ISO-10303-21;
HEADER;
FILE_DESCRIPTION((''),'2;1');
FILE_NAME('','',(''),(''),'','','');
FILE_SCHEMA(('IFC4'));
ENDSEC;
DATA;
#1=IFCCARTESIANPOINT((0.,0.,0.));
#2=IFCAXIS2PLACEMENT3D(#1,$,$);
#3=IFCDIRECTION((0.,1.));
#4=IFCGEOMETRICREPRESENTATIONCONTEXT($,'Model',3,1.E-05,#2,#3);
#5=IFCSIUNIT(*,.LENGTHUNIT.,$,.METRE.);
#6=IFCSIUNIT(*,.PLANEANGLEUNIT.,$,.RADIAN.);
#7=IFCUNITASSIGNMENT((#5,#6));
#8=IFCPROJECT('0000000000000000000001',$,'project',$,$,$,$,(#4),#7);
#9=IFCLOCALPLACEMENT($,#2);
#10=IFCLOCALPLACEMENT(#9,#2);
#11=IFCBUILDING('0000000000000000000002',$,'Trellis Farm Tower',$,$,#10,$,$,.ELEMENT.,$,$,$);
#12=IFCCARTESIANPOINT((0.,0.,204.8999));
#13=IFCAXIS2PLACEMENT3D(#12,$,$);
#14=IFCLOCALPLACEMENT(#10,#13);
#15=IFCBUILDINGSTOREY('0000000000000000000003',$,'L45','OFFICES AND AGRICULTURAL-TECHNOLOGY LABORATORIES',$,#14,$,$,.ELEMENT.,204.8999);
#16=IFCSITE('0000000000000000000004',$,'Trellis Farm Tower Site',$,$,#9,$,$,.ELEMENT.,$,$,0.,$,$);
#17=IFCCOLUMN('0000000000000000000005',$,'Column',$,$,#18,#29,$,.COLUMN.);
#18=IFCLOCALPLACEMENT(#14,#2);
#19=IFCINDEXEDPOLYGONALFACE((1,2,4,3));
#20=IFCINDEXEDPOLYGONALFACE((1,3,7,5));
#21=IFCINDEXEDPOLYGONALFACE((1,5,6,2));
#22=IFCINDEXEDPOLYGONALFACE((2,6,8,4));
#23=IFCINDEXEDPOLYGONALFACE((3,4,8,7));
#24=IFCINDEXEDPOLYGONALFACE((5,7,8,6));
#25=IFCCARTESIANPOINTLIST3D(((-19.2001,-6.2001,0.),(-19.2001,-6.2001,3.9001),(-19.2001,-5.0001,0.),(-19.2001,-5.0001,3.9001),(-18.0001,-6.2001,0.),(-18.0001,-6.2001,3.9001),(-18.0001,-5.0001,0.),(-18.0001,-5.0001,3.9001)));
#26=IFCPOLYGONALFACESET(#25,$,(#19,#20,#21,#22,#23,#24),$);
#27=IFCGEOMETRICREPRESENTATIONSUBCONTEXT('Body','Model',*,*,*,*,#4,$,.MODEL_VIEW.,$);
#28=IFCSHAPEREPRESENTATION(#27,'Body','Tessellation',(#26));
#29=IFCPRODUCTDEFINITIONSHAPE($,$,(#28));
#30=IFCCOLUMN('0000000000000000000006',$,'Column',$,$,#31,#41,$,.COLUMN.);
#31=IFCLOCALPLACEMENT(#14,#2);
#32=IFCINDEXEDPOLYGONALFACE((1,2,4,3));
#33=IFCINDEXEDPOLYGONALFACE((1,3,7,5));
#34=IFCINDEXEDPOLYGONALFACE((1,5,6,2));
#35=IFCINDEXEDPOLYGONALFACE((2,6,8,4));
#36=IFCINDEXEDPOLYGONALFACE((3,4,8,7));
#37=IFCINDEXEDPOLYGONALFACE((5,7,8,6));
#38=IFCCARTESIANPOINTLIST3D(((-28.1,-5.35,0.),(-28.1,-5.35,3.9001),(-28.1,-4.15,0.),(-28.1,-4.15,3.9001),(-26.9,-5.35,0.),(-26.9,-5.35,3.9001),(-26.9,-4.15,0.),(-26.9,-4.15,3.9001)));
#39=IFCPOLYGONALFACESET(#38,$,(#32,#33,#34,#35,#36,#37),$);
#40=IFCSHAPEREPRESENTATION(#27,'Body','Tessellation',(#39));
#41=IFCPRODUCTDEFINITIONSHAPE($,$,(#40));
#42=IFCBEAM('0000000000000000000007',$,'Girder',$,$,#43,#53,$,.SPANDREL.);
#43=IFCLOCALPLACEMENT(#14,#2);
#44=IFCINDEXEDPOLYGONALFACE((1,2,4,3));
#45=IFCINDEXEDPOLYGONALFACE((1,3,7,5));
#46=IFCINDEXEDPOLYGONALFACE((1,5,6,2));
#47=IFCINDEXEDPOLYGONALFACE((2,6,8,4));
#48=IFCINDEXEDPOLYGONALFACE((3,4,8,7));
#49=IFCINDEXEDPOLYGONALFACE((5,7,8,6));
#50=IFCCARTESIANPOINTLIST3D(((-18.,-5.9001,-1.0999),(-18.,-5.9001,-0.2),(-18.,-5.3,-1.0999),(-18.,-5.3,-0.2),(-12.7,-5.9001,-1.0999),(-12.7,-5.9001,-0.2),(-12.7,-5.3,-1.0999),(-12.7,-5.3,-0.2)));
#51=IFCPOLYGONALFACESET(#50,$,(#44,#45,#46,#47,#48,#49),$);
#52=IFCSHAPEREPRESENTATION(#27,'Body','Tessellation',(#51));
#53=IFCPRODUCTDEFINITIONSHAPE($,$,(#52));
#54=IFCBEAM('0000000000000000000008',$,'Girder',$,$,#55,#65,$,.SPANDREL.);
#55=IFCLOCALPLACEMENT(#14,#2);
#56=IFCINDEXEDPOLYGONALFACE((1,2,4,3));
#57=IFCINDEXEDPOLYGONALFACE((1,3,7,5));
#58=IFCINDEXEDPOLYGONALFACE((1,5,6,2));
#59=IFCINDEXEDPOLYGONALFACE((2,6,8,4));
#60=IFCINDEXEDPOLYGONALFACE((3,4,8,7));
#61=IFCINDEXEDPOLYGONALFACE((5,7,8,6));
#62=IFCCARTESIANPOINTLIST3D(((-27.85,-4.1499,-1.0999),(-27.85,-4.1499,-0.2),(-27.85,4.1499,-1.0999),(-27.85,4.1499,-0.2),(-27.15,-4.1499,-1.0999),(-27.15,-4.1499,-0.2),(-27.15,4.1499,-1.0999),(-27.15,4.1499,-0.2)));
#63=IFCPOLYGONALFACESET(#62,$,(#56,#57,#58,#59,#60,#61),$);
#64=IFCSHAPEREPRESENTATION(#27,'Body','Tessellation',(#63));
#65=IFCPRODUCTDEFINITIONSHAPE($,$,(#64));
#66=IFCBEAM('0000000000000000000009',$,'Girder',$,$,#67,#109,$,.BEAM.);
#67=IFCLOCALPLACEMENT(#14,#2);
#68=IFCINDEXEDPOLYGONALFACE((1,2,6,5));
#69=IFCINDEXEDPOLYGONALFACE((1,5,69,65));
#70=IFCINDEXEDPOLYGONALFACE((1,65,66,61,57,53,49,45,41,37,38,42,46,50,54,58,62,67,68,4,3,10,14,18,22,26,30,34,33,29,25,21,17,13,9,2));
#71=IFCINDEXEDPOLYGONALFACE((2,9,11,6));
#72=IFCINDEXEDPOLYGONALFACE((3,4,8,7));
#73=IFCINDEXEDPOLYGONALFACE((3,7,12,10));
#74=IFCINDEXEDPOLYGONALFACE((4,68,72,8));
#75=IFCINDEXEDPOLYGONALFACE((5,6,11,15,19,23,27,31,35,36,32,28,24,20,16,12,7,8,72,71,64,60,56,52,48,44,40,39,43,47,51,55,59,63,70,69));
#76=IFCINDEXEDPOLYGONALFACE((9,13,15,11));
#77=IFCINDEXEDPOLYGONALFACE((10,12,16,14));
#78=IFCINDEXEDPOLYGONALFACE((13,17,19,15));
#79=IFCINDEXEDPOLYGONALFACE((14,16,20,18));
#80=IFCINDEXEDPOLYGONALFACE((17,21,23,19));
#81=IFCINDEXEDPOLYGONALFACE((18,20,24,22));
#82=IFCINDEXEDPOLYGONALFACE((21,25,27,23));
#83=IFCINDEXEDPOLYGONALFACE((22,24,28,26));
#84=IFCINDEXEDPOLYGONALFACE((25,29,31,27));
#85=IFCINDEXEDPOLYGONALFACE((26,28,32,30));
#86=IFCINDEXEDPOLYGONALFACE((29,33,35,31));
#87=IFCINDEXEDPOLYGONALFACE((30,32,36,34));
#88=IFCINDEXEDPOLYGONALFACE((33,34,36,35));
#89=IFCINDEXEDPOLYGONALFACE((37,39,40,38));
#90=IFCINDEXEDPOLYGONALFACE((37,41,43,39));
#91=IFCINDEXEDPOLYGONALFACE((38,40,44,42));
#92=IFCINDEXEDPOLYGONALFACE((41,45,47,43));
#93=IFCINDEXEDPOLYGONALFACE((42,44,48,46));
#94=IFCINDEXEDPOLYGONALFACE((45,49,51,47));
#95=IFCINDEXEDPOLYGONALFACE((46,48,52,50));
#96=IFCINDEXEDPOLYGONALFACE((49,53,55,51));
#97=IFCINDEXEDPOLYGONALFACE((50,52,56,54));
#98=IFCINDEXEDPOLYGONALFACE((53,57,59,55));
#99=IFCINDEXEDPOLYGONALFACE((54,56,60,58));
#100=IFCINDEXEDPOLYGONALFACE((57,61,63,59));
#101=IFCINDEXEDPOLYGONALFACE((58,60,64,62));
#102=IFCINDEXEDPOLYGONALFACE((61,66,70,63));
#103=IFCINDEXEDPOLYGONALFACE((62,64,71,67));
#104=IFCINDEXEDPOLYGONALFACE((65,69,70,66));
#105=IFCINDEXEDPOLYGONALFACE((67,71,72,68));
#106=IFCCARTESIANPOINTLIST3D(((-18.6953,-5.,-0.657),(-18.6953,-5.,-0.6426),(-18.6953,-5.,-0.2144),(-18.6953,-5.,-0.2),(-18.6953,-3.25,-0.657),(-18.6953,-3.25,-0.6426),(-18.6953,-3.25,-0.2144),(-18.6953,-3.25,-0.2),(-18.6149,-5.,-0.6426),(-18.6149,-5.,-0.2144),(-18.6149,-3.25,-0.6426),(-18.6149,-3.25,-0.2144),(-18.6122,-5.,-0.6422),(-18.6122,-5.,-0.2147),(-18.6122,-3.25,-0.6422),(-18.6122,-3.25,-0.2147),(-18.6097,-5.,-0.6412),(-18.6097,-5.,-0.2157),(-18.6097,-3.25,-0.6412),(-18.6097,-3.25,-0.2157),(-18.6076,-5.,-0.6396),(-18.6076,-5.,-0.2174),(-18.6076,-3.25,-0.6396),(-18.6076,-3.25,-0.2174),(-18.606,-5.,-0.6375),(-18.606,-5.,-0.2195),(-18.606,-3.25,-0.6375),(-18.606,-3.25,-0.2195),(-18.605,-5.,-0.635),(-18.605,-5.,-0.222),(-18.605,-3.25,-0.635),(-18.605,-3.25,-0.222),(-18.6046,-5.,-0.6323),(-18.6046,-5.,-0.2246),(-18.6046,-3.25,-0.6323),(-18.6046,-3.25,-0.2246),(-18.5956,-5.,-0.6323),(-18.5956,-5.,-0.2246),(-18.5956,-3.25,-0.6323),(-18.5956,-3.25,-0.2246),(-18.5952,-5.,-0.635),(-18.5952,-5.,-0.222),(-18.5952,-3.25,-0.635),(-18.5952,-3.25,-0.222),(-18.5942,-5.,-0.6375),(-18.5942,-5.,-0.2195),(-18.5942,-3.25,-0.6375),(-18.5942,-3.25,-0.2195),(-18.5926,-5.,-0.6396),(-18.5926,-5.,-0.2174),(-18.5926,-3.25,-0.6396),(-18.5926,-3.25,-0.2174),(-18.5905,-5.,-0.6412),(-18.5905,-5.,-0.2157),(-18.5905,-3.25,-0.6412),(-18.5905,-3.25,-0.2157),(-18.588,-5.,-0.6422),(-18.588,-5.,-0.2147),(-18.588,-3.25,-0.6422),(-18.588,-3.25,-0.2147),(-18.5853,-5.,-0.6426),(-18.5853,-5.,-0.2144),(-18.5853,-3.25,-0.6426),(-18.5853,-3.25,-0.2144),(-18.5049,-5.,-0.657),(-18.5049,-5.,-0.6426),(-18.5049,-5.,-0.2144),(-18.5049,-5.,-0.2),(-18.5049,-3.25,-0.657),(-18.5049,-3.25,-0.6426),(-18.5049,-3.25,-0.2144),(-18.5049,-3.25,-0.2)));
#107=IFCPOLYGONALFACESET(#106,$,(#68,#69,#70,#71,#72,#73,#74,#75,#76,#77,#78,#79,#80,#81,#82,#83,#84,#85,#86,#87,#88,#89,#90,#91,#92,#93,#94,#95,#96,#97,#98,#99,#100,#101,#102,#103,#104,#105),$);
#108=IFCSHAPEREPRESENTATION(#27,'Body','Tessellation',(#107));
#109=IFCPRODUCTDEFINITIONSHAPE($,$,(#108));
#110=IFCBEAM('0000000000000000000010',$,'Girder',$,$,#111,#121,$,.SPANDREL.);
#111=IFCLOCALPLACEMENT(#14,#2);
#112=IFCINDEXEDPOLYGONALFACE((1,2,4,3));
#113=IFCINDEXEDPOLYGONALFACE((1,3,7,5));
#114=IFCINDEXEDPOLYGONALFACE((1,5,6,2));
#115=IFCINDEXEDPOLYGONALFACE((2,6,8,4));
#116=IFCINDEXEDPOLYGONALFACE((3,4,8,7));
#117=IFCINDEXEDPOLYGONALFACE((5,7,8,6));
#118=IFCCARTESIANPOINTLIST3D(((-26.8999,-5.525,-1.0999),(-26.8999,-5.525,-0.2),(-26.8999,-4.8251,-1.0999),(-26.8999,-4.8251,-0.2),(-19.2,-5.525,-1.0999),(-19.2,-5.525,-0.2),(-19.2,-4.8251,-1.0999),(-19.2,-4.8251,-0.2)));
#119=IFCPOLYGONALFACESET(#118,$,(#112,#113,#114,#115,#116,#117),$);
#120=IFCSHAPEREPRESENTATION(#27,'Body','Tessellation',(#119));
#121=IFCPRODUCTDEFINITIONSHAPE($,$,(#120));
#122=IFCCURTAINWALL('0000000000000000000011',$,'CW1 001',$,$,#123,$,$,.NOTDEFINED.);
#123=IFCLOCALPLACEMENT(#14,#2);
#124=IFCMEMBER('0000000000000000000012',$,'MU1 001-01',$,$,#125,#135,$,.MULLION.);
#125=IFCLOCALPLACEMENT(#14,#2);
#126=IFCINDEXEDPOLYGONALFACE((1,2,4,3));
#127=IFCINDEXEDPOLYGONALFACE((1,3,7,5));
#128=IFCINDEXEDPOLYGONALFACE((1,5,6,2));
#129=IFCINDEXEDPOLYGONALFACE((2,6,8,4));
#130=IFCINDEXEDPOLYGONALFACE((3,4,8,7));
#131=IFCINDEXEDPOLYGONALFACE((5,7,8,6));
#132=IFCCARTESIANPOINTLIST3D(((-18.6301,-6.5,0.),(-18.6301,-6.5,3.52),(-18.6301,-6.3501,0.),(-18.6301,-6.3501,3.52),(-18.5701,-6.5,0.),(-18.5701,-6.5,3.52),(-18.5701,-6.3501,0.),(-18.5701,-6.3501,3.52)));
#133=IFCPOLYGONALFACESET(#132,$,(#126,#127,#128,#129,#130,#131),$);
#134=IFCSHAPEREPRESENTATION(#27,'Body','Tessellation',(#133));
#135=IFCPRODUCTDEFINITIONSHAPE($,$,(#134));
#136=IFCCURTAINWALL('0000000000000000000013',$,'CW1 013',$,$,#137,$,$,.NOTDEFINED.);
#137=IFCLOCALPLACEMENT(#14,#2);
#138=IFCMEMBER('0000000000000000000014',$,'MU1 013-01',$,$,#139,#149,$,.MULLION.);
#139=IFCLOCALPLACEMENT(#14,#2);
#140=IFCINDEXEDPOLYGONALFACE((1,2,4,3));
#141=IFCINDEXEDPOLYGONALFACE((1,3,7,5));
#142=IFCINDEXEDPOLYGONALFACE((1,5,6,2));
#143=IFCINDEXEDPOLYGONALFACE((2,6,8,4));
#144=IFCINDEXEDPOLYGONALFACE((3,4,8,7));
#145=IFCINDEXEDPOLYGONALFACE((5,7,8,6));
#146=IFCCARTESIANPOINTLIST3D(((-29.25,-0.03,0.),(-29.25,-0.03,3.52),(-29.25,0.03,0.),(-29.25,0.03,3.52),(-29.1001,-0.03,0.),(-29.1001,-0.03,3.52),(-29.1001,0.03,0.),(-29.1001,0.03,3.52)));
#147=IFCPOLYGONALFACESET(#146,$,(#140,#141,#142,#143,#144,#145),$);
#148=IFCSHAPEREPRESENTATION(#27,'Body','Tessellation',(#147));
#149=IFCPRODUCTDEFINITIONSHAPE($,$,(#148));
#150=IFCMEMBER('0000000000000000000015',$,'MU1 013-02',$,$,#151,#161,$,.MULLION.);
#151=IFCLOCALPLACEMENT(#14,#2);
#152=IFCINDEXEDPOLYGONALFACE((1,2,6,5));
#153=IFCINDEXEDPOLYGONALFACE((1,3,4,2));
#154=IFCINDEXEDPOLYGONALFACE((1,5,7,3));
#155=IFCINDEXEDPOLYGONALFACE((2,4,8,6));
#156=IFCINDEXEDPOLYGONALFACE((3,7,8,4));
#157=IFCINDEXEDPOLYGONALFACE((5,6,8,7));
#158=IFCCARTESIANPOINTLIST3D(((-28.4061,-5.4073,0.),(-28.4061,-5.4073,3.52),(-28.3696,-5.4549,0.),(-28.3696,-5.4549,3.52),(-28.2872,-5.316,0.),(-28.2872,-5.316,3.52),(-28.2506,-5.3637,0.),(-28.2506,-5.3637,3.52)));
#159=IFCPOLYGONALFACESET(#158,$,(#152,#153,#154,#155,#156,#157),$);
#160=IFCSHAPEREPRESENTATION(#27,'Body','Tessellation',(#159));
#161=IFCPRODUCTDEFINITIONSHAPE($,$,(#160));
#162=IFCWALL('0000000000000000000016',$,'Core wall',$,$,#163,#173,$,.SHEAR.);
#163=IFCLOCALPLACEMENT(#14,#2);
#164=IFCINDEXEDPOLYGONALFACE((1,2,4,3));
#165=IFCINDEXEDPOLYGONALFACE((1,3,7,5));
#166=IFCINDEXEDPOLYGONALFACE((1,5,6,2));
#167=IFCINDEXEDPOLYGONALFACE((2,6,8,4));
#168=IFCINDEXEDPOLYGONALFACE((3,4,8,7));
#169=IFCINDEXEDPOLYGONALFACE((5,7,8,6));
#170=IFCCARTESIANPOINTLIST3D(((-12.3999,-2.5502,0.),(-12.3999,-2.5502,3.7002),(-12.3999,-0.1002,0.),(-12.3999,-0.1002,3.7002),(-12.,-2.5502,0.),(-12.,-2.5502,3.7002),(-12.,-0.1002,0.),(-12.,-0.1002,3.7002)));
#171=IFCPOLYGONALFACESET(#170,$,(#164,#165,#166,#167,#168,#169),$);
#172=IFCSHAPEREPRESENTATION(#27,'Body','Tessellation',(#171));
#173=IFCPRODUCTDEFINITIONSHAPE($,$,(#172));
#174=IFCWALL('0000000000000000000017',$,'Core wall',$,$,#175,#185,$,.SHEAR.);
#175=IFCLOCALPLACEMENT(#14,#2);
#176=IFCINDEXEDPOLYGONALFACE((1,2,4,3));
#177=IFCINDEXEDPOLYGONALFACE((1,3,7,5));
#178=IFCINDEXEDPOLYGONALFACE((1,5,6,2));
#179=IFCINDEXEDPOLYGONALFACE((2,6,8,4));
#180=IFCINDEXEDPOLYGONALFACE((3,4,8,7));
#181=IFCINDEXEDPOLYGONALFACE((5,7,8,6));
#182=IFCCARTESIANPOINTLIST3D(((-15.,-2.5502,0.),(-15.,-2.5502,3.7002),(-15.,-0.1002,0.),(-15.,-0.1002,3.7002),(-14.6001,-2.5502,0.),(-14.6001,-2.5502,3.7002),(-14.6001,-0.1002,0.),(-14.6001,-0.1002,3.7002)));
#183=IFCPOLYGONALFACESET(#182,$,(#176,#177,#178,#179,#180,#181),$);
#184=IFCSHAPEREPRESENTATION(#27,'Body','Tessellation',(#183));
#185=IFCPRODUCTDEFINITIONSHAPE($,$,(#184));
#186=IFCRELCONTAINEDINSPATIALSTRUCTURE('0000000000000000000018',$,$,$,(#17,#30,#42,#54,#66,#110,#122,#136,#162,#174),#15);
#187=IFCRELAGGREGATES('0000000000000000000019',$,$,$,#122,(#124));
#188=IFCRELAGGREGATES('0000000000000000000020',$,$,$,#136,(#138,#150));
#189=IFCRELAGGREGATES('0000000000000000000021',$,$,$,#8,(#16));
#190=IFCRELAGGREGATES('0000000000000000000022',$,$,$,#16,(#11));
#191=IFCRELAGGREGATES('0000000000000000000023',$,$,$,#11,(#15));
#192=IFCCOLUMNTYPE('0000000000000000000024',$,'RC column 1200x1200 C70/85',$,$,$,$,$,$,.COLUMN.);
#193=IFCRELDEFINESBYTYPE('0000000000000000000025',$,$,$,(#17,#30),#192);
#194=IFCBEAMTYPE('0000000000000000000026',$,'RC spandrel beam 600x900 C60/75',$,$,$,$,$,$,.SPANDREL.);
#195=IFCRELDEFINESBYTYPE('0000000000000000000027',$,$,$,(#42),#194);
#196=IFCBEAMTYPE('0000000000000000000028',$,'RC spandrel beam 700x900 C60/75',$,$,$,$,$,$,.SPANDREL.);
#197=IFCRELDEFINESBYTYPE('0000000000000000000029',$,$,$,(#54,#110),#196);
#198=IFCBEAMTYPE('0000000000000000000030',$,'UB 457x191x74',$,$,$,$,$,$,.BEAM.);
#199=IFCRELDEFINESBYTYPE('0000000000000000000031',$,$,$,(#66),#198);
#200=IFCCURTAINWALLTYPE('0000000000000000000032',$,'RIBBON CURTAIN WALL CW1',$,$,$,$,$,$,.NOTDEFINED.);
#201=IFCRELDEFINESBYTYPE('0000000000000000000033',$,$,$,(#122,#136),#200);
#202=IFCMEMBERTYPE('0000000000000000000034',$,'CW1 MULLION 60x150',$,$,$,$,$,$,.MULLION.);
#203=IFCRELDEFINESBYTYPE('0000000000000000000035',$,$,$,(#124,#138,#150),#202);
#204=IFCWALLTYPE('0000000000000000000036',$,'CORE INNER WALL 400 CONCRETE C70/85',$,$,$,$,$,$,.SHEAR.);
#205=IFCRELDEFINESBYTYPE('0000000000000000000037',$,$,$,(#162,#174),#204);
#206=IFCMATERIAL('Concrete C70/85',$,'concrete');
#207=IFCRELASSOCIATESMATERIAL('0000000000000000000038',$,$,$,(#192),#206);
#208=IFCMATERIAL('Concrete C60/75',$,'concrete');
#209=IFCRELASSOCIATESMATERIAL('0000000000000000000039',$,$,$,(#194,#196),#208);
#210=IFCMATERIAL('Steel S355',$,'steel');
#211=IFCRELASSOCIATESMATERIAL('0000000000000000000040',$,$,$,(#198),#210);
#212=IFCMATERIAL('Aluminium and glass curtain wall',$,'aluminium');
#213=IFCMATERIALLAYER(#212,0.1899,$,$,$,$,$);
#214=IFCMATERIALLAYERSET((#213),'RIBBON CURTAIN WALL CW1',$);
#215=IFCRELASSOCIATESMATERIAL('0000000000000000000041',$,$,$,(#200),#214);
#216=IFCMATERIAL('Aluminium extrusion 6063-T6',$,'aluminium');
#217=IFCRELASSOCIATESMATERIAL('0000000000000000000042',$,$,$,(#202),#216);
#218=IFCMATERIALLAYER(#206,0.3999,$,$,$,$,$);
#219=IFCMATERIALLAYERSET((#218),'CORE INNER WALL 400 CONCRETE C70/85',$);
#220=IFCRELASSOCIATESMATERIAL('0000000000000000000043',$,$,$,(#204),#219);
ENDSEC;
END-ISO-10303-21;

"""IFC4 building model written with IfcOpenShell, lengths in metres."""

from ifc_helpers import new_model, si_unit, direction, frame, frame_2d, origin, origin_2d, place, context, subcontext, project, spatial, rectangle, i_section, extrude, source, transform, mapped, material, layer, layer_set, material_profile, profile_set, type_object, element, aggregate, save


model = new_model("IFC4")

# Units and contexts
model_context = context("Model", 3, precision=1e-05, world=origin(), true_north=direction((0.0, 1.0)))
body_context = subcontext(model_context, "Body", "Model", "MODEL_VIEW")
ifc_project = project(units=[si_unit("LENGTHUNIT", "METRE"), si_unit("PLANEANGLEUNIT", "RADIAN")], contexts=[model_context])

# Site, building, storey
site_placement = place(None, origin())
site = spatial("IfcSite", under=ifc_project, at=site_placement, Name="Trellis Farm Tower Site", CompositionType="ELEMENT", RefElevation=0.0)
building_placement = place(site_placement, origin())
building = spatial("IfcBuilding", under=site, at=building_placement, Name="Trellis Farm Tower", CompositionType="ELEMENT")
storey_placement = place(building_placement, frame((0.0, 0.0, 204.8999)))
storey = spatial("IfcBuildingStorey", under=building, at=storey_placement, Name="L45", Description="OFFICES AND AGRICULTURAL-TECHNOLOGY LABORATORIES", CompositionType="ELEMENT", Elevation=204.8999)

# Columns
ifc_material_1 = material(Name="Concrete C70/85", Category="concrete")
ifc_material_profile_1 = material_profile(ifc_material_1, rectangle(XDim=1.2, YDim=1.2, at=origin_2d()), Name="RC column 1200x1200 C70/85")
ifc_profile_set_1 = profile_set([ifc_material_profile_1], Name="Concrete C70/85")
column_type = type_object("IfcColumnType", Name="RC column 1200x1200 C70/85", PredefinedType="COLUMN", material=ifc_profile_set_1)
shared_shape_1 = source(origin(), body_context, "Body", "SweptSolid", [
    extrude(rectangle(XDim=1.2, YDim=1.2, at=origin_2d()), origin(), (0.0, 0.0, 1.0), 3.9001),
])
for number, where, z_axis, x_axis, name in (
    (1, (-18.6001, -5.6001, 0.0), (0.0, 0.0, 1.0), (1.0, 0.0, 0.0), "Column"),
    (2, (-27.5, -4.75, 0.0), (0.0, 0.0, 1.0), (1.0, 0.0, 0.0), "Column"),
):
    element("IfcColumn", number, at=place(storey_placement, frame(where, z_axis=z_axis, x_axis=x_axis)), inside=storey, type_object=column_type, Name=name, PredefinedType="COLUMN", context=body_context, shape_type="MappedRepresentation", body=[
        mapped(shared_shape_1, transform((0.0, 0.0, 0.0))),
    ])

# Beams
ifc_material_2 = material(Name="Concrete C60/75", Category="concrete")
ifc_material_profile_2 = material_profile(ifc_material_2, rectangle(XDim=0.6001, YDim=0.8999, at=origin_2d()), Name="RC spandrel beam 600x900 C60/75")
ifc_profile_set_2 = profile_set([ifc_material_profile_2], Name="Concrete C60/75")
beam_type_1 = type_object("IfcBeamType", Name="RC spandrel beam 600x900 C60/75", PredefinedType="SPANDREL", material=ifc_profile_set_2)
shared_shape_2 = source(origin(), body_context, "Body", "SweptSolid", [
    extrude(rectangle(XDim=0.6001, YDim=0.8999, at=origin_2d()), origin(), (0.0, 0.0, 1.0), 5.3),
])
beam_1_placement = place(storey_placement, frame((-18.0, -5.6001, -0.6499), z_axis=(1.0, 0.0, 0.0), x_axis=(0.0, 1.0, 0.0)))
element("IfcBeam", 3, at=beam_1_placement, inside=storey, type_object=beam_type_1, Name="Girder", PredefinedType="SPANDREL", context=body_context, shape_type="MappedRepresentation", body=[
    mapped(shared_shape_2, transform((0.0, 0.0, 0.0))),
])
ifc_material_profile_3 = material_profile(ifc_material_2, rectangle(XDim=0.7, YDim=0.8999, at=origin_2d()), Name="RC spandrel beam 700x900 C60/75")
ifc_profile_set_3 = profile_set([ifc_material_profile_3], Name="Concrete C60/75")
beam_type_2 = type_object("IfcBeamType", Name="RC spandrel beam 700x900 C60/75", PredefinedType="SPANDREL", material=ifc_profile_set_3)
shared_shape_3 = source(origin(), body_context, "Body", "SweptSolid", [
    extrude(rectangle(XDim=0.7, YDim=0.8999, at=origin_2d()), origin(), (0.0, 0.0, 1.0), 8.2998),
])
beam_2_placement = place(storey_placement, frame((-27.5, -4.1499, -0.6499), z_axis=(0.0, 1.0, 0.0), x_axis=(-1.0, 0.0, 0.0)))
element("IfcBeam", 4, at=beam_2_placement, inside=storey, type_object=beam_type_2, Name="Girder", PredefinedType="SPANDREL", context=body_context, shape_type="MappedRepresentation", body=[
    mapped(shared_shape_3, transform((0.0, 0.0, 0.0))),
])
ifc_material_3 = material(Name="Steel S355", Category="steel")
ifc_material_profile_4 = material_profile(ifc_material_3, i_section(OverallWidth=0.1904, OverallDepth=0.457, WebThickness=0.009, FlangeThickness=0.0144, FilletRadius=0.0103, at=origin_2d()), Name="UB 457x191x74")
ifc_profile_set_4 = profile_set([ifc_material_profile_4], Name="Steel S355")
beam_type_3 = type_object("IfcBeamType", Name="UB 457x191x74", PredefinedType="BEAM", material=ifc_profile_set_4)
shared_shape_4 = source(origin(), body_context, "Body", "SweptSolid", [
    extrude(i_section(OverallWidth=0.1904, OverallDepth=0.457, WebThickness=0.009, FlangeThickness=0.0144, FilletRadius=0.0103, at=origin_2d()), origin(), (0.0, 0.0, 1.0), 1.75),
])
beam_3_placement = place(storey_placement, frame((-18.6001, -5.0, -0.4285), z_axis=(0.0, 1.0, 0.0), x_axis=(-1.0, 0.0, 0.0)))
element("IfcBeam", 5, at=beam_3_placement, inside=storey, type_object=beam_type_3, Name="Girder", PredefinedType="BEAM", context=body_context, shape_type="MappedRepresentation", body=[
    mapped(shared_shape_4, transform((0.0, 0.0, 0.0))),
])
shared_shape_5 = source(origin(), body_context, "Body", "SweptSolid", [
    extrude(rectangle(XDim=0.7, YDim=0.8999, at=origin_2d()), origin(), (0.0, 0.0, 1.0), 7.7),
])
beam_4_placement = place(storey_placement, frame((-26.8999, -5.175, -0.6499), z_axis=(1.0, 0.0, 0.0), x_axis=(0.0, 1.0, 0.0)))
element("IfcBeam", 6, at=beam_4_placement, inside=storey, type_object=beam_type_2, Name="Girder", PredefinedType="SPANDREL", context=body_context, shape_type="MappedRepresentation", body=[
    mapped(shared_shape_5, transform((0.0, 0.0, 0.0))),
])

# Curtain wall, member
ifc_material_4 = material(Name="Aluminium and glass curtain wall", Category="aluminium")
ifc_layer_1 = layer(ifc_material_4, 0.1899)
ifc_layer_set_1 = layer_set([ifc_layer_1], Name="RIBBON CURTAIN WALL CW1")
curtain_wall_type = type_object("IfcCurtainWallType", Name="RIBBON CURTAIN WALL CW1", PredefinedType="NOTDEFINED", material=ifc_layer_set_1)
placement = place(storey_placement, origin())
curtain_wall_1 = element("IfcCurtainWall", 7, at=placement, inside=storey, type_object=curtain_wall_type, Name="CW1 001", PredefinedType="NOTDEFINED")
ifc_material_5 = material(Name="Aluminium extrusion 6063-T6", Category="aluminium")
ifc_material_profile_5 = material_profile(ifc_material_5, rectangle(XDim=0.0601, YDim=0.1499, at=origin_2d()), Name="MULLION 60x150")
ifc_profile_set_5 = profile_set([ifc_material_profile_5], Name="Aluminium extrusion 6063-T6")
member_type = type_object("IfcMemberType", Name="CW1 MULLION 60x150", PredefinedType="MULLION", material=ifc_profile_set_5)
shared_shape_6 = source(origin(), body_context, "Body", "SweptSolid", [
    extrude(rectangle(XDim=0.0601, YDim=0.1499, at=origin_2d()), origin(), (0.0, 0.0, 1.0), 3.52),
])
member_1_placement = place(storey_placement, frame((-18.6001, -6.425, 0.0), z_axis=(0.0, 0.0, 1.0), x_axis=(1.0, 0.0, 0.0)))
member_1 = element("IfcMember", 8, at=member_1_placement, type_object=member_type, Name="MU1 001-01", PredefinedType="MULLION", context=body_context, shape_type="MappedRepresentation", body=[
    mapped(shared_shape_6, transform((0.0, 0.0, 0.0))),
])
aggregate(curtain_wall_1, [member_1])

# Curtain wall, members
curtain_wall_2 = element("IfcCurtainWall", 9, at=placement, inside=storey, type_object=curtain_wall_type, Name="CW1 013", PredefinedType="NOTDEFINED")
member_2_placement = place(storey_placement, frame((-29.175, 0.0, 0.0), z_axis=(0.0, 0.0, 1.0), x_axis=(0.0, -1.0, 0.0)))
member_2 = element("IfcMember", 10, at=member_2_placement, type_object=member_type, Name="MU1 013-01", PredefinedType="MULLION", context=body_context, shape_type="MappedRepresentation", body=[
    mapped(shared_shape_6, transform((0.0, 0.0, 0.0))),
])
member_3_placement = place(storey_placement, frame((-28.3284, -5.3855, 0.0), z_axis=(0.0, 0.0, 1.0), x_axis=(0.608761, -0.793353, 0.0)))
member_3 = element("IfcMember", 11, at=member_3_placement, type_object=member_type, Name="MU1 013-02", PredefinedType="MULLION", context=body_context, shape_type="MappedRepresentation", body=[
    mapped(shared_shape_6, transform((0.0, 0.0, 0.0))),
])
aggregate(curtain_wall_2, [member_2, member_3])

# Walls
ifc_layer_2 = layer(ifc_material_1, 0.3999)
ifc_layer_set_2 = layer_set([ifc_layer_2], Name="CORE INNER WALL 400 CONCRETE C70/85")
wall_type_1 = type_object("IfcWallType", Name="CORE INNER WALL 400 CONCRETE C70/85", PredefinedType="SHEAR", material=ifc_layer_set_2)
shared_shape_7 = source(origin(), body_context, "Body", "SweptSolid", [
    extrude(rectangle(XDim=2.45, YDim=0.3999, at=frame_2d((1.2251, 0.0))), origin(), (0.0, 0.0, 1.0), 3.7002),
])
for number, where, z_axis, x_axis, name in (
    (12, (-12.2, -0.1001, 0.0), (0.0, 0.0, 1.0), (0.0, -1.0, 0.0), "Core wall"),
    (13, (-14.8, -0.1001, 0.0), (0.0, 0.0, 1.0), (0.0, -1.0, 0.0), "Core wall"),
):
    element("IfcWall", number, at=place(storey_placement, frame(where, z_axis=z_axis, x_axis=x_axis)), inside=storey, type_object=wall_type_1, Name=name, PredefinedType="SHEAR", context=body_context, shape_type="MappedRepresentation", body=[
        mapped(shared_shape_7, transform((0.0, 0.0, 0.0))),
    ])

save(model, "model.ifc")
